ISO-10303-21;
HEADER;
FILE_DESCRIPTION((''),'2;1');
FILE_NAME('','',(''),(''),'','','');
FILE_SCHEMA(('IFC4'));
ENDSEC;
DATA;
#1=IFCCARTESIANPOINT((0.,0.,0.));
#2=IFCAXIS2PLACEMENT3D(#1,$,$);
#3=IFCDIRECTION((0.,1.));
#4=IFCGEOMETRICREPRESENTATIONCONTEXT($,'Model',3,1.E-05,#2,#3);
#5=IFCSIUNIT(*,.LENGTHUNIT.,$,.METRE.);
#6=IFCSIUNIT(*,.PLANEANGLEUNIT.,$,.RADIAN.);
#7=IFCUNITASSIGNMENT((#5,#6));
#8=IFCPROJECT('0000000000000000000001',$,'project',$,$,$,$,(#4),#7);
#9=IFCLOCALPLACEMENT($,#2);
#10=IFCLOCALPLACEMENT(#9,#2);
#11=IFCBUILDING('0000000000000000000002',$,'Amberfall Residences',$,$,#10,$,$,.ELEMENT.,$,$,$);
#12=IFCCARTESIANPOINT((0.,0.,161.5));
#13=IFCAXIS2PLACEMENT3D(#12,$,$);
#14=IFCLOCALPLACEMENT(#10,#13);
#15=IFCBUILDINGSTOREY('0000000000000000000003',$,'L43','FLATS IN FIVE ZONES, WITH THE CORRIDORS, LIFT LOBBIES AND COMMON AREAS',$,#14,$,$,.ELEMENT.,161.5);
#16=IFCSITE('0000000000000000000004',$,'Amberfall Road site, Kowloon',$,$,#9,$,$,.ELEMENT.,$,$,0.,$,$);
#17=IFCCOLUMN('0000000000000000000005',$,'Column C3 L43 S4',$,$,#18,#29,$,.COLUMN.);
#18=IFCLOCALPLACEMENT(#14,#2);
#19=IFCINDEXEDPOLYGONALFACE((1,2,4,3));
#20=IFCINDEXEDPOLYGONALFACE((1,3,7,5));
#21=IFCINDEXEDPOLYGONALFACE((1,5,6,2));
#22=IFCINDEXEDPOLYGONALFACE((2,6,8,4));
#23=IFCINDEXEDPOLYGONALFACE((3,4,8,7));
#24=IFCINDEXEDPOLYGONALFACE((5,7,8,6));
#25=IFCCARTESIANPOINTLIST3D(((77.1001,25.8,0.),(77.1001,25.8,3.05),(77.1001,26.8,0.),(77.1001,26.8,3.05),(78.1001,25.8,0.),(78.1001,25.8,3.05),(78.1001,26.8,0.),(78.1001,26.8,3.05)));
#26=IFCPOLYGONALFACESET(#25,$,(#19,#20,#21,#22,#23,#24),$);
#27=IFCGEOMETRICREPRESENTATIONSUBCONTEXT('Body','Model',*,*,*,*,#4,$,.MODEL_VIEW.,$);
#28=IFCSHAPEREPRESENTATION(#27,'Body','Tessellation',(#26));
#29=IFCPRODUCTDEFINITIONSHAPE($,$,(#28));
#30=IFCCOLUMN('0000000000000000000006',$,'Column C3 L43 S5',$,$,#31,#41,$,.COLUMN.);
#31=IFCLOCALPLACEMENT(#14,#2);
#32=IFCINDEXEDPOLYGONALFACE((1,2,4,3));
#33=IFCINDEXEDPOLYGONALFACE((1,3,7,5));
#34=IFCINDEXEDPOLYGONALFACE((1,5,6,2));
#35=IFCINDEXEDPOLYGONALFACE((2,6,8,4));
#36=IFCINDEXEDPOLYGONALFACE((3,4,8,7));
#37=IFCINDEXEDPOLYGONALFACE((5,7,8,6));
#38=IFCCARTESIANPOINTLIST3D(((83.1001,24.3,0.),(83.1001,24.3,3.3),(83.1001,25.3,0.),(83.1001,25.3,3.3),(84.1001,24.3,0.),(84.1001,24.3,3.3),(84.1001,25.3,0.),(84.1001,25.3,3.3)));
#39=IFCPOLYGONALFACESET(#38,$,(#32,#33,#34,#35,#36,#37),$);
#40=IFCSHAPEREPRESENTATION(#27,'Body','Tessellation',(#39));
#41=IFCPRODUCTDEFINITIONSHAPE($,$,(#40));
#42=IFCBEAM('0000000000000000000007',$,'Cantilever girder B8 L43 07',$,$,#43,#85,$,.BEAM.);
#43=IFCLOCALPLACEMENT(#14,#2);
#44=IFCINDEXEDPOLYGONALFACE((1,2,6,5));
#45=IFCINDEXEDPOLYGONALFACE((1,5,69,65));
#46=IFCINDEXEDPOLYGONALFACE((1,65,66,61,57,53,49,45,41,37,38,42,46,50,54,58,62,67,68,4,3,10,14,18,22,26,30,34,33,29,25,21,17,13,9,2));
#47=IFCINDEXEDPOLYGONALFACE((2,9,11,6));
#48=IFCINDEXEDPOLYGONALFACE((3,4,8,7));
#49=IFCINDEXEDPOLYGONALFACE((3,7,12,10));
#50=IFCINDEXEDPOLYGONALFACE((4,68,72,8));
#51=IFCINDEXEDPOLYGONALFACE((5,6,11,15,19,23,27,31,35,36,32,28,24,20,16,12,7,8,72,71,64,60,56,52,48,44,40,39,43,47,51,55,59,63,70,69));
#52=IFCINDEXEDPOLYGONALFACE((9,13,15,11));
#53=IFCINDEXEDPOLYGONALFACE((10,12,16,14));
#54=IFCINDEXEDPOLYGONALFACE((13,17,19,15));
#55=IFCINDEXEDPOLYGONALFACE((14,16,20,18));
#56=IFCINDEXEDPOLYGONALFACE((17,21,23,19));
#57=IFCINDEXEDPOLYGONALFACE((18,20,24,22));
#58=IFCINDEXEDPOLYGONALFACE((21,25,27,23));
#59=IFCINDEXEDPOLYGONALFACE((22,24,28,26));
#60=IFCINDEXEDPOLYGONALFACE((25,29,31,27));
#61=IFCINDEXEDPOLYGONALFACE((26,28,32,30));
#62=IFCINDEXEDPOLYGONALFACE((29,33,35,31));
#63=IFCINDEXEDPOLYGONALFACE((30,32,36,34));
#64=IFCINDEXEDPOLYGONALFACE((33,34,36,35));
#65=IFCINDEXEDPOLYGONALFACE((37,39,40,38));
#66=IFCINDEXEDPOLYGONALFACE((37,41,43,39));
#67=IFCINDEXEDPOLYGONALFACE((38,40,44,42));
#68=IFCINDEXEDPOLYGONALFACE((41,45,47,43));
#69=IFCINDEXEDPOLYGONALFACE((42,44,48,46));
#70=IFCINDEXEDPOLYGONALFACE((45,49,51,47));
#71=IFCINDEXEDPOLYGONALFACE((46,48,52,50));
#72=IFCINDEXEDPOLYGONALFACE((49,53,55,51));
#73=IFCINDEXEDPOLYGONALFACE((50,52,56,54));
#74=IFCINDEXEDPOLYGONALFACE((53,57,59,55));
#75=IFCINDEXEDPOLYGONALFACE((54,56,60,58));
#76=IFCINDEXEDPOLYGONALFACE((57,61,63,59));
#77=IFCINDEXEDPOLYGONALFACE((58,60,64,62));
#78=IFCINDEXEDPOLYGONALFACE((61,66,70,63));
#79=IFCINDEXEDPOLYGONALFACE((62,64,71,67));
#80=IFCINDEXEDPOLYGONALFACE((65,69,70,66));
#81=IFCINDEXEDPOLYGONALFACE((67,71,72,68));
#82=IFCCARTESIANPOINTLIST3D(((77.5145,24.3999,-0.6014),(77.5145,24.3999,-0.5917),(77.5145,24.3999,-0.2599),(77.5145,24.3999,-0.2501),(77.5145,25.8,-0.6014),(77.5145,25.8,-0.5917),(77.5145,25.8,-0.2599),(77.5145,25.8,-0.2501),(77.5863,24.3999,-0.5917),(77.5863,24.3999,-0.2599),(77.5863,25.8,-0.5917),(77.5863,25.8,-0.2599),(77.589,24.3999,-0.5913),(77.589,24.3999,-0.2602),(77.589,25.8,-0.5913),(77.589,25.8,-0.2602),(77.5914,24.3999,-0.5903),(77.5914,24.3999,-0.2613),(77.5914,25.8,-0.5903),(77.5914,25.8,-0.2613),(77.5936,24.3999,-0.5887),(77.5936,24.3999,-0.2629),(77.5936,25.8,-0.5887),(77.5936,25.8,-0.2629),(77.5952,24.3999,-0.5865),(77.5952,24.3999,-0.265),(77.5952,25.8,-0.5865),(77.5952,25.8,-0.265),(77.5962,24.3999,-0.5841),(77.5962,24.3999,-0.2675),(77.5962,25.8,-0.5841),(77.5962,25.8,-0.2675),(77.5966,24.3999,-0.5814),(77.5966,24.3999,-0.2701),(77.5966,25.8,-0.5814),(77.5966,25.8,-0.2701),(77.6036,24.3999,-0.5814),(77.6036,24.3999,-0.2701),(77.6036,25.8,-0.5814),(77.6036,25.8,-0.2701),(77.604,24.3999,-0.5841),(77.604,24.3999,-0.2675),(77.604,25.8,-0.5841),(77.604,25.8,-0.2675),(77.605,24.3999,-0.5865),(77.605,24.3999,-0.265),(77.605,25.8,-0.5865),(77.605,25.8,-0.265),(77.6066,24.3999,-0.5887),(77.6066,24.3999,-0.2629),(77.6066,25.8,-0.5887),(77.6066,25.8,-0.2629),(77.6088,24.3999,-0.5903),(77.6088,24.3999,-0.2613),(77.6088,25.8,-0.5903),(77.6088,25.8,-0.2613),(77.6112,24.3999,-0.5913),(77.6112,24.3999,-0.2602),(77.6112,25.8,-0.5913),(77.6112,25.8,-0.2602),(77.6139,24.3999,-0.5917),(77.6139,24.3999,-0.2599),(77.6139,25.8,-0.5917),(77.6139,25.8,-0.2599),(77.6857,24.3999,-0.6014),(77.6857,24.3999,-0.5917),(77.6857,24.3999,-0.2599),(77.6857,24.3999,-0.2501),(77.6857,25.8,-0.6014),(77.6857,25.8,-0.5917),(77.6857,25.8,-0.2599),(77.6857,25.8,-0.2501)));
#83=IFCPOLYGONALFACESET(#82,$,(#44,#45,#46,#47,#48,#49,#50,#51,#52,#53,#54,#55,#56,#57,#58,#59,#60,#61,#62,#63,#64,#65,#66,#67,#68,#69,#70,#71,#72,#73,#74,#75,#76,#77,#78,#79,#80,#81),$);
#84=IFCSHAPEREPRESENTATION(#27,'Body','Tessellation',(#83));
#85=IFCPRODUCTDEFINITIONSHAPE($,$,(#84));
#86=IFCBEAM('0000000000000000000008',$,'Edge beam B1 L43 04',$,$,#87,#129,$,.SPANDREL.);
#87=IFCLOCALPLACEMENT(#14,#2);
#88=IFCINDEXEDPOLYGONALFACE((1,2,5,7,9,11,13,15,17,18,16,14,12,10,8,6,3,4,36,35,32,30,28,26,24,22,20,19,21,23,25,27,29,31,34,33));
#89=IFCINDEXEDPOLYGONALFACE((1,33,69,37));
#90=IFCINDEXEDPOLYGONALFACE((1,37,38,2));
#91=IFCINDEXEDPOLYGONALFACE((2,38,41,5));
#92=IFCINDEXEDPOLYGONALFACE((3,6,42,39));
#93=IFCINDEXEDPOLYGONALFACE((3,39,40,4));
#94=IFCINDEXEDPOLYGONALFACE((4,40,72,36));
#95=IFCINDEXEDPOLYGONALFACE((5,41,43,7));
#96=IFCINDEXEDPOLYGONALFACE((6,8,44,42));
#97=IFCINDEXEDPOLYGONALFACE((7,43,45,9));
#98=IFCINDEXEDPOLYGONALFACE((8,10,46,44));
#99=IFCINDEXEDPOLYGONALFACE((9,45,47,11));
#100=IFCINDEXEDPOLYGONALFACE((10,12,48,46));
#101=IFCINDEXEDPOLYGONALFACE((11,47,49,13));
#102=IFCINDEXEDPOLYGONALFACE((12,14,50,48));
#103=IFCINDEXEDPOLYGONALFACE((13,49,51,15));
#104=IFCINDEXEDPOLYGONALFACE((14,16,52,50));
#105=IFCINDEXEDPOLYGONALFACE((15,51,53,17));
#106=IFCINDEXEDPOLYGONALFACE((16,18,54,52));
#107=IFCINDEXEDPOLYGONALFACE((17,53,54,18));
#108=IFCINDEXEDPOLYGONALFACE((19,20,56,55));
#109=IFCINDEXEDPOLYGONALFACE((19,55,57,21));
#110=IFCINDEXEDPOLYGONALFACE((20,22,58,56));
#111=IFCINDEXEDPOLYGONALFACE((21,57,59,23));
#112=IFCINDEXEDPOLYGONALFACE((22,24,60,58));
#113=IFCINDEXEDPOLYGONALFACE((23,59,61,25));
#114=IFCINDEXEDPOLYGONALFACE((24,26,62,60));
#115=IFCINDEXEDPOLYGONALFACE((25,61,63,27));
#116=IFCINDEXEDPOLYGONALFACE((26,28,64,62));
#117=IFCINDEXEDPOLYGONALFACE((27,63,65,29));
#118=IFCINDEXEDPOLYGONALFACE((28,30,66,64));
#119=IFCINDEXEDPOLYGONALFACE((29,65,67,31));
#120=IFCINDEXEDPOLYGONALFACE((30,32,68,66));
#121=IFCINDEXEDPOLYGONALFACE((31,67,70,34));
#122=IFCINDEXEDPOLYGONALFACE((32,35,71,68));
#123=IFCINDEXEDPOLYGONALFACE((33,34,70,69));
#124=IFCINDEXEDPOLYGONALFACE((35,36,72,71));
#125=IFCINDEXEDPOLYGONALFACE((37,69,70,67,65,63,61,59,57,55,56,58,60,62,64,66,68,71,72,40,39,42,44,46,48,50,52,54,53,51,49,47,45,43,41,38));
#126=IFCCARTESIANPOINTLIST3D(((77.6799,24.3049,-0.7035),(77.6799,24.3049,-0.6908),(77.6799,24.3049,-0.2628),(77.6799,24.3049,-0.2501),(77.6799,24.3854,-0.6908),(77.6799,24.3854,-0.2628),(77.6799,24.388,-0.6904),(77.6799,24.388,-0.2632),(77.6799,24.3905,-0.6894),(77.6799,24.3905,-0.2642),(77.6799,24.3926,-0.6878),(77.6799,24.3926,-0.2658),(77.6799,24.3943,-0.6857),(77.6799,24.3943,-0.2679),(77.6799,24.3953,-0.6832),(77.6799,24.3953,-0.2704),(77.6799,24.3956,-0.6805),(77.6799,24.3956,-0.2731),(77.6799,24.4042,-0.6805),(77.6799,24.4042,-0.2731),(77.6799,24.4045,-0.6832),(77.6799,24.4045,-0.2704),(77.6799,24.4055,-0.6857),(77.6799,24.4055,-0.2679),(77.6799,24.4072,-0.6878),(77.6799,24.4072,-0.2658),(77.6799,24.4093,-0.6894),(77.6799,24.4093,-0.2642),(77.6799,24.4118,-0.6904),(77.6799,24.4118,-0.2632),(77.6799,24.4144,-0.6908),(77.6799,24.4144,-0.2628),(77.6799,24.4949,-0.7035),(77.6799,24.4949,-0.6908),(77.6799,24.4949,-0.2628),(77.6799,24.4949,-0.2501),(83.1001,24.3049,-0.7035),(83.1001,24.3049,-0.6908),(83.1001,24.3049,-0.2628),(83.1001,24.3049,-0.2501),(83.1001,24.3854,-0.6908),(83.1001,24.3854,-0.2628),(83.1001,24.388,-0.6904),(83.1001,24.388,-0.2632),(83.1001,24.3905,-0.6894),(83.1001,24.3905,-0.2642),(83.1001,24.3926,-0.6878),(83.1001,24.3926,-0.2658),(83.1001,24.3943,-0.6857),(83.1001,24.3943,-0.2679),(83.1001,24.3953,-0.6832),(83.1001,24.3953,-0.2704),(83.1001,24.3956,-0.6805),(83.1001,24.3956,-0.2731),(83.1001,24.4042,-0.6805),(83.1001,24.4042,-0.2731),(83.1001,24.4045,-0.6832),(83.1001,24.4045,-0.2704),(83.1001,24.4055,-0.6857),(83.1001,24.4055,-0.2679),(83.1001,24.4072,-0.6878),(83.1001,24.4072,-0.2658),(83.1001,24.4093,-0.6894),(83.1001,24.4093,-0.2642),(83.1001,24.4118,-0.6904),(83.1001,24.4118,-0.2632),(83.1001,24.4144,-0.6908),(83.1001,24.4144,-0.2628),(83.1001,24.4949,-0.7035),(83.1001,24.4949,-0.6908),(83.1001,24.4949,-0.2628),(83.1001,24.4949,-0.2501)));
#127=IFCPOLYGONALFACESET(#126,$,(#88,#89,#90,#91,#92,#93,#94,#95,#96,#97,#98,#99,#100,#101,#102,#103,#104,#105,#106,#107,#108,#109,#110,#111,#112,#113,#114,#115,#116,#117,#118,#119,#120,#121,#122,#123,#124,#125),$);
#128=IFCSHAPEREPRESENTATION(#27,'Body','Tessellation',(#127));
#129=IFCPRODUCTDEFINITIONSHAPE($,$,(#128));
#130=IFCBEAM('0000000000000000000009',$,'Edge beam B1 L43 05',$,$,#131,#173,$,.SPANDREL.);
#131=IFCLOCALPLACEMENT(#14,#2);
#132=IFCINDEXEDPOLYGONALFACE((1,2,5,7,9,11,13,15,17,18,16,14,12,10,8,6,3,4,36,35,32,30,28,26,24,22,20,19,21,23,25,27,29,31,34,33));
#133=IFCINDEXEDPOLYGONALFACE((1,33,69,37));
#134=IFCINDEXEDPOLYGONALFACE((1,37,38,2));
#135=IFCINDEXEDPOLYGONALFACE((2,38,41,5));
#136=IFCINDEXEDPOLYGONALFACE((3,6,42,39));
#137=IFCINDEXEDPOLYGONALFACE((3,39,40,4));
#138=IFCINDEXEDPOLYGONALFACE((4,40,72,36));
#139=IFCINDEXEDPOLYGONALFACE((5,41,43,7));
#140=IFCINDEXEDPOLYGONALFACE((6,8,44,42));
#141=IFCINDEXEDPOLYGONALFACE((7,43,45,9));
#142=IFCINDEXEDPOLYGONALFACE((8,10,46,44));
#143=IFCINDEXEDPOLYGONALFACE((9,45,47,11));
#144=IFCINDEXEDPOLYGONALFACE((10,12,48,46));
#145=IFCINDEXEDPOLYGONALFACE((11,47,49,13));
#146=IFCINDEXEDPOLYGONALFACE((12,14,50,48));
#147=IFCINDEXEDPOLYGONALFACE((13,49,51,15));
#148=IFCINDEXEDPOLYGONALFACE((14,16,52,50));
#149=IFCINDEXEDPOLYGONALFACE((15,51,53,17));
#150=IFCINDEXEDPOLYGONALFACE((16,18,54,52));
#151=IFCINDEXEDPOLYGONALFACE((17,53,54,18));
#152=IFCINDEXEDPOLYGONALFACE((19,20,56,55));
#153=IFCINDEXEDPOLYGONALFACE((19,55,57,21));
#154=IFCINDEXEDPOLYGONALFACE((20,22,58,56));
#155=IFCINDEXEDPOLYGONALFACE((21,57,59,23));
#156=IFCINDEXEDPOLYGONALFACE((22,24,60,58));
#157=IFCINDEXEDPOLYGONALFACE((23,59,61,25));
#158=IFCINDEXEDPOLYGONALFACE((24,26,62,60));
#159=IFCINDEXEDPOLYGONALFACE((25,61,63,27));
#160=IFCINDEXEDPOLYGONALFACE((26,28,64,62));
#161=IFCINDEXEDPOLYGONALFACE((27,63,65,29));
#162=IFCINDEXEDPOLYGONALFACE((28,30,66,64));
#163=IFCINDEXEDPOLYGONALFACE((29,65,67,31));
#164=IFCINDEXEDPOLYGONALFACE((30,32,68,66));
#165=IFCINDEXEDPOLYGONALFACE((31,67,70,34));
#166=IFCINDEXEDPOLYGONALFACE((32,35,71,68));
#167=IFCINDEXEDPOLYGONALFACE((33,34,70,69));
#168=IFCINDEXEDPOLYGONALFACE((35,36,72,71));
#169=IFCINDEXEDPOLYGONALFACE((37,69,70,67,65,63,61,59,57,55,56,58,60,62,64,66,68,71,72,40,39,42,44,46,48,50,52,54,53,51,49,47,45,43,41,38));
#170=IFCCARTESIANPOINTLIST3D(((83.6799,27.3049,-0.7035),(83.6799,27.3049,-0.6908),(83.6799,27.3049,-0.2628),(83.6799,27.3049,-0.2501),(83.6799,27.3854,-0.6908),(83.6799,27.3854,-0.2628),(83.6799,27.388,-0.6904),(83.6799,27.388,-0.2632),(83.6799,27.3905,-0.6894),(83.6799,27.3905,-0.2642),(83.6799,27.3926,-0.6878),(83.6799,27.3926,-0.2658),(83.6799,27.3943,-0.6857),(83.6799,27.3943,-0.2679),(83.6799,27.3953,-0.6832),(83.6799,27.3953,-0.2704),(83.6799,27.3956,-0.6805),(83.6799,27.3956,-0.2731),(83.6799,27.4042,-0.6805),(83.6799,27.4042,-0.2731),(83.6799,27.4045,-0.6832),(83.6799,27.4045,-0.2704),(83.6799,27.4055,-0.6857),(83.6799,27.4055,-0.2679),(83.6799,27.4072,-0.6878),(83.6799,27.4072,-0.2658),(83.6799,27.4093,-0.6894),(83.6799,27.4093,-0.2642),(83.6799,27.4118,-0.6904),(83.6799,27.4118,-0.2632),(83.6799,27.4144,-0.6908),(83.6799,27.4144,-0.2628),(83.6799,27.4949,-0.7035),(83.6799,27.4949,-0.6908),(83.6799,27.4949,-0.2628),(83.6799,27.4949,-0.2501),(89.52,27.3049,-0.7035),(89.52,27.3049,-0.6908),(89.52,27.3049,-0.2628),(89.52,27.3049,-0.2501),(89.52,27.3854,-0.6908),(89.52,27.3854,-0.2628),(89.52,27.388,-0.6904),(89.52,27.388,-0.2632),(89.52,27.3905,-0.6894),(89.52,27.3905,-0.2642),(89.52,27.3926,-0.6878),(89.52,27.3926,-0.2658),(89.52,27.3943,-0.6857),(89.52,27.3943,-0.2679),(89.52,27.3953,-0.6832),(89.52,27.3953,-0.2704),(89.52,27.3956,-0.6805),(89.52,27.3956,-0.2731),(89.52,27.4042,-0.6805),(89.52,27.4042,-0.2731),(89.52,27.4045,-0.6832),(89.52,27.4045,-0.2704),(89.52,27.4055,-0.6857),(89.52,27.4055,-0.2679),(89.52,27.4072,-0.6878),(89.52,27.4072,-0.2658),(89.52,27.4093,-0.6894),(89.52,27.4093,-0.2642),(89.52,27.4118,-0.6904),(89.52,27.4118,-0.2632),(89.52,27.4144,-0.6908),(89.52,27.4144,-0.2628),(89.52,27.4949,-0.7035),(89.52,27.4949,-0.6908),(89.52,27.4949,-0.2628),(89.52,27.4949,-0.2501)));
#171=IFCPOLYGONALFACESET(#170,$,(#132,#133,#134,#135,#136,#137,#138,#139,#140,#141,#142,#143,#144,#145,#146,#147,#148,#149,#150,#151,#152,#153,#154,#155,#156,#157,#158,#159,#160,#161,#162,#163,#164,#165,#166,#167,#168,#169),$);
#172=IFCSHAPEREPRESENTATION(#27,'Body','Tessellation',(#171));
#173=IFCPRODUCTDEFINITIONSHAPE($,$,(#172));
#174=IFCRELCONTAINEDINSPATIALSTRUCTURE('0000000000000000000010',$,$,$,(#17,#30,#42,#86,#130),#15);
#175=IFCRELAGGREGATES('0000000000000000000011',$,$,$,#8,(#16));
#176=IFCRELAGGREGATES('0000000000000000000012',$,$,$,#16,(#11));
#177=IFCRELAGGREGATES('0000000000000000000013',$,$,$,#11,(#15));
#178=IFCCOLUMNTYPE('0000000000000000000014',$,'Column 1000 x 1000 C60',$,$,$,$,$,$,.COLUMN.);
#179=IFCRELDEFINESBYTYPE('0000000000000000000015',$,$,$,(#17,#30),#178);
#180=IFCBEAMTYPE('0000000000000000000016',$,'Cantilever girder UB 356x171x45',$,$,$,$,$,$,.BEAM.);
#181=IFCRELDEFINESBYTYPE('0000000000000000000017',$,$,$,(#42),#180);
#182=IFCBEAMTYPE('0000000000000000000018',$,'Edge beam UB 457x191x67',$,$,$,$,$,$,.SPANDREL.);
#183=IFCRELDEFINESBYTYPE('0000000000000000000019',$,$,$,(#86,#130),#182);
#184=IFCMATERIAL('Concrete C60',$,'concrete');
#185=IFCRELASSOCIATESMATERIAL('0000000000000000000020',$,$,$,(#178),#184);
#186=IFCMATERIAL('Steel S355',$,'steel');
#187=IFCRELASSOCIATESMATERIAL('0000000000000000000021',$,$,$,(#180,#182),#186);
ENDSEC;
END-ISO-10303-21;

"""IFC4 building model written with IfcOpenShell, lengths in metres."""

from ifc_helpers import new_model, si_unit, direction, frame, origin, origin_2d, place, context, subcontext, project, spatial, rectangle, i_section, extrude, material, material_profile, profile_set, type_object, element, save


model = new_model("IFC4")

# Units and contexts
model_context = context("Model", 3, precision=1e-05, world=origin(), true_north=direction((0.0, 1.0)))
body_context = subcontext(model_context, "Body", "Model", "MODEL_VIEW")
ifc_project = project(units=[si_unit("LENGTHUNIT", "METRE"), si_unit("PLANEANGLEUNIT", "RADIAN")], contexts=[model_context])

# Site, building, storey
site_placement = place(None, origin())
site = spatial("IfcSite", under=ifc_project, at=site_placement, Name="Amberfall Road site, Kowloon", CompositionType="ELEMENT", RefElevation=0.0)
building_placement = place(site_placement, origin())
building = spatial("IfcBuilding", under=site, at=building_placement, Name="Amberfall Residences", CompositionType="ELEMENT")
storey_placement = place(building_placement, frame((0.0, 0.0, 161.5)))
storey = spatial("IfcBuildingStorey", under=building, at=storey_placement, Name="L43", Description="FLATS IN FIVE ZONES, WITH THE CORRIDORS, LIFT LOBBIES AND COMMON AREAS", CompositionType="ELEMENT", Elevation=161.5)

# Columns
ifc_material_1 = material(Name="Concrete C60", Category="concrete")
ifc_material_profile_1 = material_profile(ifc_material_1, rectangle(XDim=1.0, YDim=1.0, at=origin_2d()), Name="Column 1000 x 1000 C60")
ifc_profile_set_1 = profile_set([ifc_material_profile_1], Name="Concrete C60")
column_type = type_object("IfcColumnType", Name="Column 1000 x 1000 C60", PredefinedType="COLUMN", material=ifc_profile_set_1)
column_1_placement = place(storey_placement, frame((77.6001, 26.3, 0.0), z_axis=(0.0, 0.0, 1.0), x_axis=(1.0, 0.0, 0.0)))
element("IfcColumn", 1, at=column_1_placement, inside=storey, type_object=column_type, Name="Column C3 L43 S4", PredefinedType="COLUMN", context=body_context, shape_type="SweptSolid", body=[
    extrude(rectangle(XDim=1.0, YDim=1.0, at=origin_2d()), origin(), (0.0, 0.0, 1.0), 3.05),
])
column_2_placement = place(storey_placement, frame((83.6001, 24.8, 0.0), z_axis=(0.0, 0.0, 1.0), x_axis=(1.0, 0.0, 0.0)))
element("IfcColumn", 2, at=column_2_placement, inside=storey, type_object=column_type, Name="Column C3 L43 S5", PredefinedType="COLUMN", context=body_context, shape_type="SweptSolid", body=[
    extrude(rectangle(XDim=1.0, YDim=1.0, at=origin_2d()), origin(), (0.0, 0.0, 1.0), 3.3),
])

# Beams
ifc_material_2 = material(Name="Steel S355", Category="steel")
ifc_material_profile_2 = material_profile(ifc_material_2, i_section(OverallWidth=0.1711, OverallDepth=0.3513, WebThickness=0.0071, FlangeThickness=0.0098, FilletRadius=0.0103, at=origin_2d()), Name="UB 356x171x45")
ifc_profile_set_2 = profile_set([ifc_material_profile_2], Name="Steel S355")
beam_type_1 = type_object("IfcBeamType", Name="Cantilever girder UB 356x171x45", PredefinedType="BEAM", material=ifc_profile_set_2)
beam_1_placement = place(storey_placement, frame((77.6001, 25.8, -0.4258), z_axis=(0.0, -1.0, 0.0), x_axis=(1.0, 0.0, 0.0)))
element("IfcBeam", 3, at=beam_1_placement, inside=storey, type_object=beam_type_1, Name="Cantilever girder B8 L43 07", PredefinedType="BEAM", context=body_context, shape_type="SweptSolid", body=[
    extrude(i_section(OverallWidth=0.1711, OverallDepth=0.3513, WebThickness=0.0071, FlangeThickness=0.0098, FilletRadius=0.0103, at=origin_2d()), origin(), (0.0, 0.0, 1.0), 1.4001),
])
ifc_material_profile_3 = material_profile(ifc_material_2, i_section(OverallWidth=0.1899, OverallDepth=0.4534, WebThickness=0.0085, FlangeThickness=0.0127, FilletRadius=0.0103, at=origin_2d()), Name="UB 457x191x67")
ifc_profile_set_3 = profile_set([ifc_material_profile_3], Name="Steel S355")
beam_type_2 = type_object("IfcBeamType", Name="Edge beam UB 457x191x67", PredefinedType="SPANDREL", material=ifc_profile_set_3)
beam_2_placement = place(storey_placement, frame((77.6799, 24.3999, -0.4768), z_axis=(1.0, 0.0, 0.0), x_axis=(0.0, 1.0, 0.0)))
element("IfcBeam", 4, at=beam_2_placement, inside=storey, type_object=beam_type_2, Name="Edge beam B1 L43 04", PredefinedType="SPANDREL", context=body_context, shape_type="SweptSolid", body=[
    extrude(i_section(OverallWidth=0.1899, OverallDepth=0.4534, WebThickness=0.0085, FlangeThickness=0.0127, FilletRadius=0.0103, at=origin_2d()), origin(), (0.0, 0.0, 1.0), 5.4202),
])
beam_3_placement = place(storey_placement, frame((83.6799, 27.3999, -0.4768), z_axis=(1.0, 0.0, 0.0), x_axis=(0.0, 1.0, 0.0)))
element("IfcBeam", 5, at=beam_3_placement, inside=storey, type_object=beam_type_2, Name="Edge beam B1 L43 05", PredefinedType="SPANDREL", context=body_context, shape_type="SweptSolid", body=[
    extrude(i_section(OverallWidth=0.1899, OverallDepth=0.4534, WebThickness=0.0085, FlangeThickness=0.0127, FilletRadius=0.0103, at=origin_2d()), origin(), (0.0, 0.0, 1.0), 5.8401),
])

save(model, "model.ifc")
